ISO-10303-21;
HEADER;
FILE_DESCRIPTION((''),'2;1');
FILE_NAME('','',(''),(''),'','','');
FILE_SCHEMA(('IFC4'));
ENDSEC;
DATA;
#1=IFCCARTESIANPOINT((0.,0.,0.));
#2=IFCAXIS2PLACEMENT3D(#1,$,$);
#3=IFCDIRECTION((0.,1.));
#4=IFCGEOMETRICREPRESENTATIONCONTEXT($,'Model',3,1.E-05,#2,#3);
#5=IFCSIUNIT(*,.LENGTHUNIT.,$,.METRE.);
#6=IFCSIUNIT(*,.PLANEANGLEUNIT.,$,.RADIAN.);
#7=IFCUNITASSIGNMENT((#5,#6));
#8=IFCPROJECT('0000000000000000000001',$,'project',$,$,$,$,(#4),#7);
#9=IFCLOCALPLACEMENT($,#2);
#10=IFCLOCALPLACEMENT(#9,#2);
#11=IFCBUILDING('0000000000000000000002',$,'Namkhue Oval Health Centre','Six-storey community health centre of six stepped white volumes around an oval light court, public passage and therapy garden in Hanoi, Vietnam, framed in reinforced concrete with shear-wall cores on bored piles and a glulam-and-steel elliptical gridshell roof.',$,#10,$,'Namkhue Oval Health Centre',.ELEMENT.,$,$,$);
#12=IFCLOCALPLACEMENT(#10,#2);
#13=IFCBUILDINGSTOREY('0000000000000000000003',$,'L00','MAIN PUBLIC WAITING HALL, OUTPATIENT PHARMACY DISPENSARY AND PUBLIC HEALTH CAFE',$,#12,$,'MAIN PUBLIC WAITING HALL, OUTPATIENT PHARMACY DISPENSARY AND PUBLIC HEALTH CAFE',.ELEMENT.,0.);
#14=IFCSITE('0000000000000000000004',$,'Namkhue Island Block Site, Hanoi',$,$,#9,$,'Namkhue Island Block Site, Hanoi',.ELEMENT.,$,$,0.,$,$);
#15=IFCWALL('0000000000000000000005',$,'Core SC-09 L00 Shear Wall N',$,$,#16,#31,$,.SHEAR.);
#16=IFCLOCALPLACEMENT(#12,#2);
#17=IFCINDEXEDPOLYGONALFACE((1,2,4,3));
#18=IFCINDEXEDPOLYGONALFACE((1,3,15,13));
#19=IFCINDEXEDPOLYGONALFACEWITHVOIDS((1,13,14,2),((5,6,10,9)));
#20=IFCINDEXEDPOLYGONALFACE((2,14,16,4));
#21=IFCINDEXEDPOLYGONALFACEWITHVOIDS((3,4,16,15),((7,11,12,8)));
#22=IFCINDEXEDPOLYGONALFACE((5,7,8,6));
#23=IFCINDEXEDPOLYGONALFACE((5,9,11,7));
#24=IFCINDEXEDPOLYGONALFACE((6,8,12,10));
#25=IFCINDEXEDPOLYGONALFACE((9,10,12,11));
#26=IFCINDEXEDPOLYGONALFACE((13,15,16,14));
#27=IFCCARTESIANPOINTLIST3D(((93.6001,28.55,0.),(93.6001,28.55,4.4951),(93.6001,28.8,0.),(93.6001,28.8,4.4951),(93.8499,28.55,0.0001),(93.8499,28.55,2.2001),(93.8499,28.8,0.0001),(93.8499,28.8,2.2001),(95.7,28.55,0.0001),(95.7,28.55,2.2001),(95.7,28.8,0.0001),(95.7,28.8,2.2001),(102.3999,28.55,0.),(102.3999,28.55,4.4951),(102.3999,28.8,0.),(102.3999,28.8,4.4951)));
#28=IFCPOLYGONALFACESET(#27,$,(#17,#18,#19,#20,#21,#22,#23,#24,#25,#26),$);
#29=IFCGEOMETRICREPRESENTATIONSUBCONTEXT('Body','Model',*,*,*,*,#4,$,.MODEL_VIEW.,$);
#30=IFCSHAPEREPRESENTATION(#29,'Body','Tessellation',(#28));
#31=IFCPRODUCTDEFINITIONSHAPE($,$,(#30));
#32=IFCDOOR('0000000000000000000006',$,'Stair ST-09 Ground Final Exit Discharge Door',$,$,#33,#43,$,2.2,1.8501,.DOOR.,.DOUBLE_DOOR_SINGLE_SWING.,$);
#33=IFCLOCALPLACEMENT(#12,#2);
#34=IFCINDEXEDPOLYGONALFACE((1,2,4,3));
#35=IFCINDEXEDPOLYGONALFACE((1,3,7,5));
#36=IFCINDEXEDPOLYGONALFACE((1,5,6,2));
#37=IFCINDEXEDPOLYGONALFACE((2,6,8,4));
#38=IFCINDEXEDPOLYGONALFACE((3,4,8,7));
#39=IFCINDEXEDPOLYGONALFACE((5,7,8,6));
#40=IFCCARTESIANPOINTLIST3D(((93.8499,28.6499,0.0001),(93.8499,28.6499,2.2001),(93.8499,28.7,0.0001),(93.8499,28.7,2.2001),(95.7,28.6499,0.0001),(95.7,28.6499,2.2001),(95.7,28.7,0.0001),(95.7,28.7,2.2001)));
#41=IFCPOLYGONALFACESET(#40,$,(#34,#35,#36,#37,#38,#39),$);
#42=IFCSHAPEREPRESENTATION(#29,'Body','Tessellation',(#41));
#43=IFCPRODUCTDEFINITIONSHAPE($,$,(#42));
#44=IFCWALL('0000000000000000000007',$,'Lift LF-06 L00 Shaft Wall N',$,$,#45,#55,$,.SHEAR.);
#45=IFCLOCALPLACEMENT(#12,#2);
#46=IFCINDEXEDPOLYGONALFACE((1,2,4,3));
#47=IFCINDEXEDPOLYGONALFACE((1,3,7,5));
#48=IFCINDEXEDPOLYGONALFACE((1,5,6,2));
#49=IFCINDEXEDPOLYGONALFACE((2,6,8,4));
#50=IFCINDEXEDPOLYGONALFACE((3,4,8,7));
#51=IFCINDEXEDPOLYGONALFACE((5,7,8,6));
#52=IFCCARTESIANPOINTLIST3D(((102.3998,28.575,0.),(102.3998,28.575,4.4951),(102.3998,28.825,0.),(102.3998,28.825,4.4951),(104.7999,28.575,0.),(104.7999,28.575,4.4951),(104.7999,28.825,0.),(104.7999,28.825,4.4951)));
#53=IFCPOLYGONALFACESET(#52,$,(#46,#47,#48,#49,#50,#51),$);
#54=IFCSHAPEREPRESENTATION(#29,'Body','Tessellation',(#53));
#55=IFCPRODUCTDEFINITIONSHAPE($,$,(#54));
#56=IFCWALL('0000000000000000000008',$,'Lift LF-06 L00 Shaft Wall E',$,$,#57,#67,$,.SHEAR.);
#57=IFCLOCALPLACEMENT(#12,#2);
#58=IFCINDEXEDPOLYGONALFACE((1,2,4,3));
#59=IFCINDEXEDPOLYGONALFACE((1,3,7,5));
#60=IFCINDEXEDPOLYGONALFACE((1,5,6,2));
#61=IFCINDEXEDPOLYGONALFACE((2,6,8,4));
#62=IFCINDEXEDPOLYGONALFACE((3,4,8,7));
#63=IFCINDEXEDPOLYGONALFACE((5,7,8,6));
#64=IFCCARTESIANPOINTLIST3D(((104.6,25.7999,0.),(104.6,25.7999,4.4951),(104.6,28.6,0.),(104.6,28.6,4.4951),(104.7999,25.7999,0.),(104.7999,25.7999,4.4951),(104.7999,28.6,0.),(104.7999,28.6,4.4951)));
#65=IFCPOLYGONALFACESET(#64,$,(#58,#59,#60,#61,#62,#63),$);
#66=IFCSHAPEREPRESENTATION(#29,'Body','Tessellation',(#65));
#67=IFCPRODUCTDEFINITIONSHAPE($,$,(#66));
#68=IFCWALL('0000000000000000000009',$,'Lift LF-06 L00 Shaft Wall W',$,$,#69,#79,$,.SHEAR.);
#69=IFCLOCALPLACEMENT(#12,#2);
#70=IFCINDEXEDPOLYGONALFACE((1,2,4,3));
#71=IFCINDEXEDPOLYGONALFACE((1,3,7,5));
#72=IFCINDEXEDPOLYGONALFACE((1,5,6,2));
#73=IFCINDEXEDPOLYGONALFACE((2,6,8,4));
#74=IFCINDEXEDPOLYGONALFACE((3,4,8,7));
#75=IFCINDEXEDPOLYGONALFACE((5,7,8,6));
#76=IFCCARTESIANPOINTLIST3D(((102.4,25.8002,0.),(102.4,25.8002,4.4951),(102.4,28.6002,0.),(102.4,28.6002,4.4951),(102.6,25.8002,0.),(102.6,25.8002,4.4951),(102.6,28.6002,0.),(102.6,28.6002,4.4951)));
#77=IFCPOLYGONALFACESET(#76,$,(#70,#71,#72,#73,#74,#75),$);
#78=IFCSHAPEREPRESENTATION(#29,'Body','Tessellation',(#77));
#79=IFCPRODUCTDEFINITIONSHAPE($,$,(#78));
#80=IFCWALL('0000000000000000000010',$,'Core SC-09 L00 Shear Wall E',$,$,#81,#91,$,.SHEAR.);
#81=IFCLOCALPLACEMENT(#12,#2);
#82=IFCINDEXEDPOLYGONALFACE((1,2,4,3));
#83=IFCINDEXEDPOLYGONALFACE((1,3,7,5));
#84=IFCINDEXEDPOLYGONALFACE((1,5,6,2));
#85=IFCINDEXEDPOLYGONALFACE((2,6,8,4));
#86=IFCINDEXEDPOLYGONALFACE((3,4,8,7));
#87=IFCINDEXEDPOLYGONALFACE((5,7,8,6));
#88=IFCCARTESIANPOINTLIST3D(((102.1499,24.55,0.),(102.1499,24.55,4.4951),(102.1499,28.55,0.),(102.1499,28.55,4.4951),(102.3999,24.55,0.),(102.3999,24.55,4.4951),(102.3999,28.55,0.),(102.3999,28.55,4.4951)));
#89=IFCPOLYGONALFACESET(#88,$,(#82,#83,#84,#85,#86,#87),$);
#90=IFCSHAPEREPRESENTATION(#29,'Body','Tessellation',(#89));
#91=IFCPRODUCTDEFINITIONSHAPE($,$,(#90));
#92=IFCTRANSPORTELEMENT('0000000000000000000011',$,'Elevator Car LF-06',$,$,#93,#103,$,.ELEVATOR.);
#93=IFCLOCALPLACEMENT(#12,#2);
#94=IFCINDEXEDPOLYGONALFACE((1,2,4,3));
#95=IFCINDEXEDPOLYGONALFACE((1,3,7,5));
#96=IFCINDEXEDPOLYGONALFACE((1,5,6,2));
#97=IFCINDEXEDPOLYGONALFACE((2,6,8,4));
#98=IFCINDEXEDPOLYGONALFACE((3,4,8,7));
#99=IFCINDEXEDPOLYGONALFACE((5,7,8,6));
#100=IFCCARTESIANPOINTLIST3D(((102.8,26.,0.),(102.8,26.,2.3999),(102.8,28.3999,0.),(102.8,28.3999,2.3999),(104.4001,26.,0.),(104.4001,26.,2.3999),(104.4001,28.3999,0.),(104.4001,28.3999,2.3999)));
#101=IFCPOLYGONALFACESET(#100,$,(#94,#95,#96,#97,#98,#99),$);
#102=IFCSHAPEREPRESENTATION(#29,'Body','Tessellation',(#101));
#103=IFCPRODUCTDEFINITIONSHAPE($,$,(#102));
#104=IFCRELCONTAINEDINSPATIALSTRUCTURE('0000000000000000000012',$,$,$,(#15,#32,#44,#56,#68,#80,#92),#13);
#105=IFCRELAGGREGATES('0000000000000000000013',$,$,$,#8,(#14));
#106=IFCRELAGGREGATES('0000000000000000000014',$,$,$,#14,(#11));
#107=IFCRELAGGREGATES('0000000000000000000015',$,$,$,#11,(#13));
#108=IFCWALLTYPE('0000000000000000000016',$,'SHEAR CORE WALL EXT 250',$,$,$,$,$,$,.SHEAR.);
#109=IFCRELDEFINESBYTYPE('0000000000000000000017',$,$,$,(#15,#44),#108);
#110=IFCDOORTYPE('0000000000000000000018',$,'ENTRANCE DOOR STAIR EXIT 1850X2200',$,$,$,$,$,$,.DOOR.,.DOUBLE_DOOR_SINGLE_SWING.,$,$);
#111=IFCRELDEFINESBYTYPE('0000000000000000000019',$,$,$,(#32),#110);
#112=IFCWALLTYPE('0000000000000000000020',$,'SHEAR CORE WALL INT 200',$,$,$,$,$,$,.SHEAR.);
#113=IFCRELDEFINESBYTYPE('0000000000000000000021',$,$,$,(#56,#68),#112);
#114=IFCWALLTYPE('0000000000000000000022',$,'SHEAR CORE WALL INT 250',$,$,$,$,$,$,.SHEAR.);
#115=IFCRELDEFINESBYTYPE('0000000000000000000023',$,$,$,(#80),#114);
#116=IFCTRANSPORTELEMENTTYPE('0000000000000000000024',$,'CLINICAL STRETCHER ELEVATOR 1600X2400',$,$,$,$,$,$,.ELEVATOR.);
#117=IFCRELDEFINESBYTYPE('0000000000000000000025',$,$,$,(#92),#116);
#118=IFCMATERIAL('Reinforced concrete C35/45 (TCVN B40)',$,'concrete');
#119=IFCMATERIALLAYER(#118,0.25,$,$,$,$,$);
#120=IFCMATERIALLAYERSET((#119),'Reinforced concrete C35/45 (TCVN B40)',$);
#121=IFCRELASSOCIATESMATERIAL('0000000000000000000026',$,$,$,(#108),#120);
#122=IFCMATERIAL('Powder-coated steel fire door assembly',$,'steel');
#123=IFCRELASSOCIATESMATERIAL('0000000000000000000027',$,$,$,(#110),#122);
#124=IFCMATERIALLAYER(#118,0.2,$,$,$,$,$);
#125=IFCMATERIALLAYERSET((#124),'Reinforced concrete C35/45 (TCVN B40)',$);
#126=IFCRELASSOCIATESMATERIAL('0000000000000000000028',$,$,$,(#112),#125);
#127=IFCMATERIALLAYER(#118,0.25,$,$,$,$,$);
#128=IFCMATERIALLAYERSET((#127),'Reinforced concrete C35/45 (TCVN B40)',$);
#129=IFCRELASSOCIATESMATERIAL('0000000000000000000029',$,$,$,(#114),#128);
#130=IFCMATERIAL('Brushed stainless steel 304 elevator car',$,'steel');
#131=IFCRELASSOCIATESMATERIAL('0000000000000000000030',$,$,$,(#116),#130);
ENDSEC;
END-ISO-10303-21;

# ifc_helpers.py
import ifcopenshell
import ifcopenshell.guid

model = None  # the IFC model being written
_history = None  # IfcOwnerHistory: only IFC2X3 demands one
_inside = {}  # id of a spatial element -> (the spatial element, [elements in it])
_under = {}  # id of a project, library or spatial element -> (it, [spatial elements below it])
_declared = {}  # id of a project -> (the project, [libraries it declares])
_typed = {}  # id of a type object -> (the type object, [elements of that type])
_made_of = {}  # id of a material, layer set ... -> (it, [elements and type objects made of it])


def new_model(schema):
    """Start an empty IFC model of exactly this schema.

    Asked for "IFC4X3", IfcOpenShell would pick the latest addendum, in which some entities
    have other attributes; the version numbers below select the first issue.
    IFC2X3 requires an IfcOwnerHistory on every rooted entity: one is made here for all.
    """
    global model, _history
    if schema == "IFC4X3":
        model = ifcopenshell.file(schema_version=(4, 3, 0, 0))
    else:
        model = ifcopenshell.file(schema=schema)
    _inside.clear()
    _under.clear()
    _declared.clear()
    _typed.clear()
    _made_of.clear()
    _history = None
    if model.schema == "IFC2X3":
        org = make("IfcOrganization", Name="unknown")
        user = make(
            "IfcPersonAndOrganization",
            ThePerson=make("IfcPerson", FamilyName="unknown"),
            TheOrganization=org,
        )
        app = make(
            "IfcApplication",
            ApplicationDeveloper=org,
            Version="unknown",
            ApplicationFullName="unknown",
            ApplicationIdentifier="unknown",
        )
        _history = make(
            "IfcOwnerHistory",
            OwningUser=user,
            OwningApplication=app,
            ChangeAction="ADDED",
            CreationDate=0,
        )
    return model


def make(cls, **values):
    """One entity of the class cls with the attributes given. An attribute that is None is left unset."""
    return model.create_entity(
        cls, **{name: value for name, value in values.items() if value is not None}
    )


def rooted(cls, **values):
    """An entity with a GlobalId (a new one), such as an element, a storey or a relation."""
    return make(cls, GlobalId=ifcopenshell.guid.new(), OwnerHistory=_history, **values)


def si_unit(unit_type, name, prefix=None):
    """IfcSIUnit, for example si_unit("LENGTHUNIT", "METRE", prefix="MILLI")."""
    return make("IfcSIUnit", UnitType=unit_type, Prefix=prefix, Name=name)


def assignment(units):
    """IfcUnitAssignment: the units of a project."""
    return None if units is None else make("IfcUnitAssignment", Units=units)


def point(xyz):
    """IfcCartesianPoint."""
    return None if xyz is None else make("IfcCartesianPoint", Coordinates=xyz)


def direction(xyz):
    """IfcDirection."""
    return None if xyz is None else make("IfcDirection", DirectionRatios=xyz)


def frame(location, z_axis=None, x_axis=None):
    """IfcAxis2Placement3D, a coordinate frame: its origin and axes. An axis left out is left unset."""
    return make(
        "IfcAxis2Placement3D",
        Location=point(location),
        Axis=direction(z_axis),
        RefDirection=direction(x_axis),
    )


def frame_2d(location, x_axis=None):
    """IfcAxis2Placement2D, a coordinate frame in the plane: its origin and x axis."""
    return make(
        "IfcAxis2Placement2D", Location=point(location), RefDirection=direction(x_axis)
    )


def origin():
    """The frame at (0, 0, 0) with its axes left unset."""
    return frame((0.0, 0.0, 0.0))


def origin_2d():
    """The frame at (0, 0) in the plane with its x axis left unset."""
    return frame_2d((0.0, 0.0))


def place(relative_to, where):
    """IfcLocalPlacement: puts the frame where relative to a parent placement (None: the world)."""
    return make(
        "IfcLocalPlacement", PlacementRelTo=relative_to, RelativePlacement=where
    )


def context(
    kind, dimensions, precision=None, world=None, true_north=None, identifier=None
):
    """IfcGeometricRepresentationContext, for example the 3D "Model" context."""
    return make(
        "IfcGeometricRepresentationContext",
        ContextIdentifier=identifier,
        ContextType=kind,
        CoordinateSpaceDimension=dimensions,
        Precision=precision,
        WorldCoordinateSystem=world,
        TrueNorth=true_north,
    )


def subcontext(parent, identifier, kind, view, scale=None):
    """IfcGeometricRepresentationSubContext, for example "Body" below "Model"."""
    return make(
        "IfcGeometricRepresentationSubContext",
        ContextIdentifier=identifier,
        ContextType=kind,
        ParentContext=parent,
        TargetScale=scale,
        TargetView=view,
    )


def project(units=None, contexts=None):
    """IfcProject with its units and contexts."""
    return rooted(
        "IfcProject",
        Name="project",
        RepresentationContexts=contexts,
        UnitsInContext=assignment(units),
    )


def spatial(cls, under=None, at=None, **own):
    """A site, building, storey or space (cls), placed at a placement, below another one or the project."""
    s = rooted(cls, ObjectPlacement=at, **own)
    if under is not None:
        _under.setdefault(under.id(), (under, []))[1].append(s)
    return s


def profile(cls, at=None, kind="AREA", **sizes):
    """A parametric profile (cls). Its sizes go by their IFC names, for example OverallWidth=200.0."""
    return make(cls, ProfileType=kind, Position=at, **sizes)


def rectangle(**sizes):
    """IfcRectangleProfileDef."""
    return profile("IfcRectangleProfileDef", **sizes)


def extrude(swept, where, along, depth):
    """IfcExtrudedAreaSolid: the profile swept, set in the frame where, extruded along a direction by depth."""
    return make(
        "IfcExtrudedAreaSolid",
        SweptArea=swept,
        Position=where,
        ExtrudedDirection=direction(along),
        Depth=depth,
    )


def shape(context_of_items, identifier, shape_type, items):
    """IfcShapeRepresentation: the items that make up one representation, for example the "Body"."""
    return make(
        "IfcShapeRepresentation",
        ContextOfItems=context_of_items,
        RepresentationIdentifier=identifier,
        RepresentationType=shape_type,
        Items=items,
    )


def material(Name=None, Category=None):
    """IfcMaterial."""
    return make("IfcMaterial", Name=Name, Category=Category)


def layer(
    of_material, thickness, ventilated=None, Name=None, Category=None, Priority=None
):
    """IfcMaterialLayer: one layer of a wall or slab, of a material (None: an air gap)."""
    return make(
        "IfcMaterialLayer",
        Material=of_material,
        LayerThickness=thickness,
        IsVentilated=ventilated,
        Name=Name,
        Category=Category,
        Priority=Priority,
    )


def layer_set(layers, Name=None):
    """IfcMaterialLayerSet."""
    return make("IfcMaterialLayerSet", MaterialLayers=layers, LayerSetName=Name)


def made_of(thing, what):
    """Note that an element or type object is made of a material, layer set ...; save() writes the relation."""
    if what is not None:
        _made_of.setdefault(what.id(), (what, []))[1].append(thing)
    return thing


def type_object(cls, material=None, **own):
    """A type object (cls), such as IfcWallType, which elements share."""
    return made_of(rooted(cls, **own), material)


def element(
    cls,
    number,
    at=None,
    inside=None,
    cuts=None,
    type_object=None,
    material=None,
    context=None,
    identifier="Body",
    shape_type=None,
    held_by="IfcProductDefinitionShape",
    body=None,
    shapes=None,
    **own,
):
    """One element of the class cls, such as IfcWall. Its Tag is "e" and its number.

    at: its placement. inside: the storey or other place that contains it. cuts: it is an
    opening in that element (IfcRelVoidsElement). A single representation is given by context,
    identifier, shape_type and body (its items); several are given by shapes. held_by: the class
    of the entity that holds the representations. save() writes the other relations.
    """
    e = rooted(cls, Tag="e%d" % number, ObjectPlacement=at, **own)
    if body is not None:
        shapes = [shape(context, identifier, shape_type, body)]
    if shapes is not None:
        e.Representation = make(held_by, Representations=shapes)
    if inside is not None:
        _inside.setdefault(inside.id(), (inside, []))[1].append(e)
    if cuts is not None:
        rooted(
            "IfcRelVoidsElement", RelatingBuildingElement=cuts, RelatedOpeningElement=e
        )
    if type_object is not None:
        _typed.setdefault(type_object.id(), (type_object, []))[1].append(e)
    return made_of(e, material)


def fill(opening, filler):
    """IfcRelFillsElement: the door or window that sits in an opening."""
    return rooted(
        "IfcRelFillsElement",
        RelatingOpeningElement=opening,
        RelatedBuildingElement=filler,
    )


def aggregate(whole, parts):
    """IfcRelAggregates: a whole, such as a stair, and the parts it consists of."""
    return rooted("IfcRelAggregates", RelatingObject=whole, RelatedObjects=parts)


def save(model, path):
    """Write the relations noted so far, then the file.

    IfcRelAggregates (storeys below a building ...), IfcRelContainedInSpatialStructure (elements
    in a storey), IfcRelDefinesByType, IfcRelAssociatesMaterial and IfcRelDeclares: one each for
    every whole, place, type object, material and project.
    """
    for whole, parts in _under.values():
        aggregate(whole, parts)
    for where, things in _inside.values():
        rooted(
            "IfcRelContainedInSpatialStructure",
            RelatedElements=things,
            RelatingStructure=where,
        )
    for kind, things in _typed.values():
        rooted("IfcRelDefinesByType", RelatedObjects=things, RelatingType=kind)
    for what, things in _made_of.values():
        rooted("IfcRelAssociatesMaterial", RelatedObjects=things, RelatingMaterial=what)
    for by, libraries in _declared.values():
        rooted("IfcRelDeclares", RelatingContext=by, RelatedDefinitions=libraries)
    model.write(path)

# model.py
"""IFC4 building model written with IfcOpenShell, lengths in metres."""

from ifc_helpers import new_model, si_unit, direction, frame, frame_2d, origin, origin_2d, place, context, subcontext, project, spatial, rectangle, extrude, material, layer, layer_set, type_object, element, fill, save


model = new_model("IFC4")

# Units and contexts
model_context = context("Model", 3, precision=1e-05, world=origin(), true_north=direction((0.0, 1.0)))
body_context = subcontext(model_context, "Body", "Model", "MODEL_VIEW")
ifc_project = project(units=[si_unit("LENGTHUNIT", "METRE"), si_unit("PLANEANGLEUNIT", "RADIAN")], contexts=[model_context])

# Site, building, storey
site_placement = place(None, origin())
site = spatial("IfcSite", under=ifc_project, at=site_placement, Name="Namkhue Island Block Site, Hanoi", LongName="Namkhue Island Block Site, Hanoi", CompositionType="ELEMENT", RefElevation=0.0)
building_placement = place(site_placement, origin())
building = spatial("IfcBuilding", under=site, at=building_placement, Name="Namkhue Oval Health Centre", Description="Six-storey community health centre of six stepped white volumes around an oval light court, public passage and therapy garden in Hanoi, Vietnam, framed in reinforced concrete with shear-wall cores on bored piles and a glulam-and-steel elliptical gridshell roof.", LongName="Namkhue Oval Health Centre", CompositionType="ELEMENT")
storey_placement = place(building_placement, origin())
storey = spatial("IfcBuildingStorey", under=building, at=storey_placement, Name="L00", Description="MAIN PUBLIC WAITING HALL, OUTPATIENT PHARMACY DISPENSARY AND PUBLIC HEALTH CAFE", LongName="MAIN PUBLIC WAITING HALL, OUTPATIENT PHARMACY DISPENSARY AND PUBLIC HEALTH CAFE", CompositionType="ELEMENT", Elevation=0.0)

# Shared definitions
ifc_material_1 = material(Name="Reinforced concrete C35/45 (TCVN B40)", Category="concrete")

# Wall, opening, door
ifc_layer_1 = layer(ifc_material_1, 0.25)
ifc_layer_set_1 = layer_set([ifc_layer_1], Name="Reinforced concrete C35/45 (TCVN B40)")
wall_type_1 = type_object("IfcWallType", Name="SHEAR CORE WALL EXT 250", PredefinedType="SHEAR", material=ifc_layer_set_1)
wall_1_placement = place(storey_placement, frame((102.3999, 28.675, 0.0), z_axis=(0.0, 0.0, 1.0), x_axis=(-1.0, 0.0, 0.0)))
wall_1 = element("IfcWall", 1, at=wall_1_placement, inside=storey, type_object=wall_type_1, Name="Core SC-09 L00 Shear Wall N", PredefinedType="SHEAR", context=body_context, shape_type="SweptSolid", body=[
    extrude(rectangle(XDim=8.7998, YDim=0.25, at=frame_2d((4.3999, 0.0))), origin(), (0.0, 0.0, 1.0), 4.4951),
])
opening_1_placement = place(wall_1_placement, frame((6.7, 0.0, 0.0)))
opening_1 = element("IfcOpeningElement", 2, at=opening_1_placement, cuts=wall_1, PredefinedType="OPENING", context=body_context, shape_type="SweptSolid", body=[
    extrude(rectangle(XDim=1.8501, YDim=2.2, at=frame_2d((0.925, 1.1001))), frame((0.0, 0.135, 0.0), z_axis=(0.0, -1.0, 0.0), x_axis=(1.0, 0.0, 0.0)), (0.0, 0.0, 1.0), 0.27),
])
ifc_material_2 = material(Name="Powder-coated steel fire door assembly", Category="steel")
door_type_1 = type_object("IfcDoorType", Name="ENTRANCE DOOR STAIR EXIT 1850X2200", OperationType="DOUBLE_DOOR_SINGLE_SWING", PredefinedType="DOOR", material=ifc_material_2)
door_1_placement = place(opening_1_placement, frame((1.8501, 0.0, 0.0), z_axis=(0.0, 0.0, 1.0), x_axis=(-1.0, 0.0, 0.0)))
door_1 = element("IfcDoor", 3, at=door_1_placement, inside=storey, type_object=door_type_1, Name="Stair ST-09 Ground Final Exit Discharge Door", OperationType="DOUBLE_DOOR_SINGLE_SWING", OverallHeight=2.2, OverallWidth=1.8501, PredefinedType="DOOR", context=body_context, shape_type="SweptSolid", body=[
    extrude(rectangle(XDim=1.8501, YDim=2.2, at=frame_2d((0.925, 1.1001))), frame((0.0, 0.0249, 0.0), z_axis=(0.0, -1.0, 0.0), x_axis=(1.0, 0.0, 0.0)), (0.0, 0.0, 1.0), 0.05),
])
fill(opening_1, door_1)

# Wall
wall_2_placement = place(storey_placement, frame((104.8, 28.7, 0.0), z_axis=(0.0, 0.0, 1.0), x_axis=(-1.0, 0.0, 0.0)))
element("IfcWall", 4, at=wall_2_placement, inside=storey, type_object=wall_type_1, Name="Lift LF-06 L00 Shaft Wall N", PredefinedType="SHEAR", context=body_context, shape_type="SweptSolid", body=[
    extrude(rectangle(XDim=2.4001, YDim=0.25, at=frame_2d((1.2002, 0.0))), origin(), (0.0, 0.0, 1.0), 4.4951),
])

# Shared definitions
ifc_layer_2 = layer(ifc_material_1, 0.2)
ifc_layer_set_2 = layer_set([ifc_layer_2], Name="Reinforced concrete C35/45 (TCVN B40)")
wall_type_2 = type_object("IfcWallType", Name="SHEAR CORE WALL INT 200", PredefinedType="SHEAR", material=ifc_layer_set_2)

# Walls
for number, where, z_axis, x_axis, name in (
    (5, (104.7, 25.8, 0.0), (0.0, 0.0, 1.0), (0.0, 1.0, 0.0), "Lift LF-06 L00 Shaft Wall E"),
    (6, (102.5, 28.6001, 0.0), (0.0, 0.0, 1.0), (0.0, -1.0, 0.0), "Lift LF-06 L00 Shaft Wall W"),
):
    element("IfcWall", number, at=place(storey_placement, frame(where, z_axis=z_axis, x_axis=x_axis)), inside=storey, type_object=wall_type_2, Name=name, PredefinedType="SHEAR", context=body_context, shape_type="SweptSolid", body=[
        extrude(rectangle(XDim=2.8, YDim=0.2, at=frame_2d((1.3999, 0.0))), origin(), (0.0, 0.0, 1.0), 4.4951),
    ])
ifc_layer_3 = layer(ifc_material_1, 0.25)
ifc_layer_set_3 = layer_set([ifc_layer_3], Name="Reinforced concrete C35/45 (TCVN B40)")
wall_type_3 = type_object("IfcWallType", Name="SHEAR CORE WALL INT 250", PredefinedType="SHEAR", material=ifc_layer_set_3)
wall_3_placement = place(storey_placement, frame((102.2749, 24.55, 0.0), z_axis=(0.0, 0.0, 1.0), x_axis=(0.0, 1.0, 0.0)))
element("IfcWall", 7, at=wall_3_placement, inside=storey, type_object=wall_type_3, Name="Core SC-09 L00 Shear Wall E", PredefinedType="SHEAR", context=body_context, shape_type="SweptSolid", body=[
    extrude(rectangle(XDim=4.0, YDim=0.25, at=frame_2d((2.0, 0.0))), origin(), (0.0, 0.0, 1.0), 4.4951),
])

# Transport element
ifc_material_3 = material(Name="Brushed stainless steel 304 elevator car", Category="steel")
transport_element_type = type_object("IfcTransportElementType", Name="CLINICAL STRETCHER ELEVATOR 1600X2400", PredefinedType="ELEVATOR", material=ifc_material_3)
transport_element_placement = place(storey_placement, frame((103.6001, 27.2, 0.0), z_axis=(0.0, 0.0, 1.0), x_axis=(1.0, 0.0, 0.0)))
element("IfcTransportElement", 8, at=transport_element_placement, inside=storey, type_object=transport_element_type, Name="Elevator Car LF-06", PredefinedType="ELEVATOR", context=body_context, shape_type="SweptSolid", body=[
    extrude(rectangle(XDim=1.6001, YDim=2.3999, at=origin_2d()), origin(), (0.0, 0.0, 1.0), 2.3999),
])

save(model, "model.ifc")
